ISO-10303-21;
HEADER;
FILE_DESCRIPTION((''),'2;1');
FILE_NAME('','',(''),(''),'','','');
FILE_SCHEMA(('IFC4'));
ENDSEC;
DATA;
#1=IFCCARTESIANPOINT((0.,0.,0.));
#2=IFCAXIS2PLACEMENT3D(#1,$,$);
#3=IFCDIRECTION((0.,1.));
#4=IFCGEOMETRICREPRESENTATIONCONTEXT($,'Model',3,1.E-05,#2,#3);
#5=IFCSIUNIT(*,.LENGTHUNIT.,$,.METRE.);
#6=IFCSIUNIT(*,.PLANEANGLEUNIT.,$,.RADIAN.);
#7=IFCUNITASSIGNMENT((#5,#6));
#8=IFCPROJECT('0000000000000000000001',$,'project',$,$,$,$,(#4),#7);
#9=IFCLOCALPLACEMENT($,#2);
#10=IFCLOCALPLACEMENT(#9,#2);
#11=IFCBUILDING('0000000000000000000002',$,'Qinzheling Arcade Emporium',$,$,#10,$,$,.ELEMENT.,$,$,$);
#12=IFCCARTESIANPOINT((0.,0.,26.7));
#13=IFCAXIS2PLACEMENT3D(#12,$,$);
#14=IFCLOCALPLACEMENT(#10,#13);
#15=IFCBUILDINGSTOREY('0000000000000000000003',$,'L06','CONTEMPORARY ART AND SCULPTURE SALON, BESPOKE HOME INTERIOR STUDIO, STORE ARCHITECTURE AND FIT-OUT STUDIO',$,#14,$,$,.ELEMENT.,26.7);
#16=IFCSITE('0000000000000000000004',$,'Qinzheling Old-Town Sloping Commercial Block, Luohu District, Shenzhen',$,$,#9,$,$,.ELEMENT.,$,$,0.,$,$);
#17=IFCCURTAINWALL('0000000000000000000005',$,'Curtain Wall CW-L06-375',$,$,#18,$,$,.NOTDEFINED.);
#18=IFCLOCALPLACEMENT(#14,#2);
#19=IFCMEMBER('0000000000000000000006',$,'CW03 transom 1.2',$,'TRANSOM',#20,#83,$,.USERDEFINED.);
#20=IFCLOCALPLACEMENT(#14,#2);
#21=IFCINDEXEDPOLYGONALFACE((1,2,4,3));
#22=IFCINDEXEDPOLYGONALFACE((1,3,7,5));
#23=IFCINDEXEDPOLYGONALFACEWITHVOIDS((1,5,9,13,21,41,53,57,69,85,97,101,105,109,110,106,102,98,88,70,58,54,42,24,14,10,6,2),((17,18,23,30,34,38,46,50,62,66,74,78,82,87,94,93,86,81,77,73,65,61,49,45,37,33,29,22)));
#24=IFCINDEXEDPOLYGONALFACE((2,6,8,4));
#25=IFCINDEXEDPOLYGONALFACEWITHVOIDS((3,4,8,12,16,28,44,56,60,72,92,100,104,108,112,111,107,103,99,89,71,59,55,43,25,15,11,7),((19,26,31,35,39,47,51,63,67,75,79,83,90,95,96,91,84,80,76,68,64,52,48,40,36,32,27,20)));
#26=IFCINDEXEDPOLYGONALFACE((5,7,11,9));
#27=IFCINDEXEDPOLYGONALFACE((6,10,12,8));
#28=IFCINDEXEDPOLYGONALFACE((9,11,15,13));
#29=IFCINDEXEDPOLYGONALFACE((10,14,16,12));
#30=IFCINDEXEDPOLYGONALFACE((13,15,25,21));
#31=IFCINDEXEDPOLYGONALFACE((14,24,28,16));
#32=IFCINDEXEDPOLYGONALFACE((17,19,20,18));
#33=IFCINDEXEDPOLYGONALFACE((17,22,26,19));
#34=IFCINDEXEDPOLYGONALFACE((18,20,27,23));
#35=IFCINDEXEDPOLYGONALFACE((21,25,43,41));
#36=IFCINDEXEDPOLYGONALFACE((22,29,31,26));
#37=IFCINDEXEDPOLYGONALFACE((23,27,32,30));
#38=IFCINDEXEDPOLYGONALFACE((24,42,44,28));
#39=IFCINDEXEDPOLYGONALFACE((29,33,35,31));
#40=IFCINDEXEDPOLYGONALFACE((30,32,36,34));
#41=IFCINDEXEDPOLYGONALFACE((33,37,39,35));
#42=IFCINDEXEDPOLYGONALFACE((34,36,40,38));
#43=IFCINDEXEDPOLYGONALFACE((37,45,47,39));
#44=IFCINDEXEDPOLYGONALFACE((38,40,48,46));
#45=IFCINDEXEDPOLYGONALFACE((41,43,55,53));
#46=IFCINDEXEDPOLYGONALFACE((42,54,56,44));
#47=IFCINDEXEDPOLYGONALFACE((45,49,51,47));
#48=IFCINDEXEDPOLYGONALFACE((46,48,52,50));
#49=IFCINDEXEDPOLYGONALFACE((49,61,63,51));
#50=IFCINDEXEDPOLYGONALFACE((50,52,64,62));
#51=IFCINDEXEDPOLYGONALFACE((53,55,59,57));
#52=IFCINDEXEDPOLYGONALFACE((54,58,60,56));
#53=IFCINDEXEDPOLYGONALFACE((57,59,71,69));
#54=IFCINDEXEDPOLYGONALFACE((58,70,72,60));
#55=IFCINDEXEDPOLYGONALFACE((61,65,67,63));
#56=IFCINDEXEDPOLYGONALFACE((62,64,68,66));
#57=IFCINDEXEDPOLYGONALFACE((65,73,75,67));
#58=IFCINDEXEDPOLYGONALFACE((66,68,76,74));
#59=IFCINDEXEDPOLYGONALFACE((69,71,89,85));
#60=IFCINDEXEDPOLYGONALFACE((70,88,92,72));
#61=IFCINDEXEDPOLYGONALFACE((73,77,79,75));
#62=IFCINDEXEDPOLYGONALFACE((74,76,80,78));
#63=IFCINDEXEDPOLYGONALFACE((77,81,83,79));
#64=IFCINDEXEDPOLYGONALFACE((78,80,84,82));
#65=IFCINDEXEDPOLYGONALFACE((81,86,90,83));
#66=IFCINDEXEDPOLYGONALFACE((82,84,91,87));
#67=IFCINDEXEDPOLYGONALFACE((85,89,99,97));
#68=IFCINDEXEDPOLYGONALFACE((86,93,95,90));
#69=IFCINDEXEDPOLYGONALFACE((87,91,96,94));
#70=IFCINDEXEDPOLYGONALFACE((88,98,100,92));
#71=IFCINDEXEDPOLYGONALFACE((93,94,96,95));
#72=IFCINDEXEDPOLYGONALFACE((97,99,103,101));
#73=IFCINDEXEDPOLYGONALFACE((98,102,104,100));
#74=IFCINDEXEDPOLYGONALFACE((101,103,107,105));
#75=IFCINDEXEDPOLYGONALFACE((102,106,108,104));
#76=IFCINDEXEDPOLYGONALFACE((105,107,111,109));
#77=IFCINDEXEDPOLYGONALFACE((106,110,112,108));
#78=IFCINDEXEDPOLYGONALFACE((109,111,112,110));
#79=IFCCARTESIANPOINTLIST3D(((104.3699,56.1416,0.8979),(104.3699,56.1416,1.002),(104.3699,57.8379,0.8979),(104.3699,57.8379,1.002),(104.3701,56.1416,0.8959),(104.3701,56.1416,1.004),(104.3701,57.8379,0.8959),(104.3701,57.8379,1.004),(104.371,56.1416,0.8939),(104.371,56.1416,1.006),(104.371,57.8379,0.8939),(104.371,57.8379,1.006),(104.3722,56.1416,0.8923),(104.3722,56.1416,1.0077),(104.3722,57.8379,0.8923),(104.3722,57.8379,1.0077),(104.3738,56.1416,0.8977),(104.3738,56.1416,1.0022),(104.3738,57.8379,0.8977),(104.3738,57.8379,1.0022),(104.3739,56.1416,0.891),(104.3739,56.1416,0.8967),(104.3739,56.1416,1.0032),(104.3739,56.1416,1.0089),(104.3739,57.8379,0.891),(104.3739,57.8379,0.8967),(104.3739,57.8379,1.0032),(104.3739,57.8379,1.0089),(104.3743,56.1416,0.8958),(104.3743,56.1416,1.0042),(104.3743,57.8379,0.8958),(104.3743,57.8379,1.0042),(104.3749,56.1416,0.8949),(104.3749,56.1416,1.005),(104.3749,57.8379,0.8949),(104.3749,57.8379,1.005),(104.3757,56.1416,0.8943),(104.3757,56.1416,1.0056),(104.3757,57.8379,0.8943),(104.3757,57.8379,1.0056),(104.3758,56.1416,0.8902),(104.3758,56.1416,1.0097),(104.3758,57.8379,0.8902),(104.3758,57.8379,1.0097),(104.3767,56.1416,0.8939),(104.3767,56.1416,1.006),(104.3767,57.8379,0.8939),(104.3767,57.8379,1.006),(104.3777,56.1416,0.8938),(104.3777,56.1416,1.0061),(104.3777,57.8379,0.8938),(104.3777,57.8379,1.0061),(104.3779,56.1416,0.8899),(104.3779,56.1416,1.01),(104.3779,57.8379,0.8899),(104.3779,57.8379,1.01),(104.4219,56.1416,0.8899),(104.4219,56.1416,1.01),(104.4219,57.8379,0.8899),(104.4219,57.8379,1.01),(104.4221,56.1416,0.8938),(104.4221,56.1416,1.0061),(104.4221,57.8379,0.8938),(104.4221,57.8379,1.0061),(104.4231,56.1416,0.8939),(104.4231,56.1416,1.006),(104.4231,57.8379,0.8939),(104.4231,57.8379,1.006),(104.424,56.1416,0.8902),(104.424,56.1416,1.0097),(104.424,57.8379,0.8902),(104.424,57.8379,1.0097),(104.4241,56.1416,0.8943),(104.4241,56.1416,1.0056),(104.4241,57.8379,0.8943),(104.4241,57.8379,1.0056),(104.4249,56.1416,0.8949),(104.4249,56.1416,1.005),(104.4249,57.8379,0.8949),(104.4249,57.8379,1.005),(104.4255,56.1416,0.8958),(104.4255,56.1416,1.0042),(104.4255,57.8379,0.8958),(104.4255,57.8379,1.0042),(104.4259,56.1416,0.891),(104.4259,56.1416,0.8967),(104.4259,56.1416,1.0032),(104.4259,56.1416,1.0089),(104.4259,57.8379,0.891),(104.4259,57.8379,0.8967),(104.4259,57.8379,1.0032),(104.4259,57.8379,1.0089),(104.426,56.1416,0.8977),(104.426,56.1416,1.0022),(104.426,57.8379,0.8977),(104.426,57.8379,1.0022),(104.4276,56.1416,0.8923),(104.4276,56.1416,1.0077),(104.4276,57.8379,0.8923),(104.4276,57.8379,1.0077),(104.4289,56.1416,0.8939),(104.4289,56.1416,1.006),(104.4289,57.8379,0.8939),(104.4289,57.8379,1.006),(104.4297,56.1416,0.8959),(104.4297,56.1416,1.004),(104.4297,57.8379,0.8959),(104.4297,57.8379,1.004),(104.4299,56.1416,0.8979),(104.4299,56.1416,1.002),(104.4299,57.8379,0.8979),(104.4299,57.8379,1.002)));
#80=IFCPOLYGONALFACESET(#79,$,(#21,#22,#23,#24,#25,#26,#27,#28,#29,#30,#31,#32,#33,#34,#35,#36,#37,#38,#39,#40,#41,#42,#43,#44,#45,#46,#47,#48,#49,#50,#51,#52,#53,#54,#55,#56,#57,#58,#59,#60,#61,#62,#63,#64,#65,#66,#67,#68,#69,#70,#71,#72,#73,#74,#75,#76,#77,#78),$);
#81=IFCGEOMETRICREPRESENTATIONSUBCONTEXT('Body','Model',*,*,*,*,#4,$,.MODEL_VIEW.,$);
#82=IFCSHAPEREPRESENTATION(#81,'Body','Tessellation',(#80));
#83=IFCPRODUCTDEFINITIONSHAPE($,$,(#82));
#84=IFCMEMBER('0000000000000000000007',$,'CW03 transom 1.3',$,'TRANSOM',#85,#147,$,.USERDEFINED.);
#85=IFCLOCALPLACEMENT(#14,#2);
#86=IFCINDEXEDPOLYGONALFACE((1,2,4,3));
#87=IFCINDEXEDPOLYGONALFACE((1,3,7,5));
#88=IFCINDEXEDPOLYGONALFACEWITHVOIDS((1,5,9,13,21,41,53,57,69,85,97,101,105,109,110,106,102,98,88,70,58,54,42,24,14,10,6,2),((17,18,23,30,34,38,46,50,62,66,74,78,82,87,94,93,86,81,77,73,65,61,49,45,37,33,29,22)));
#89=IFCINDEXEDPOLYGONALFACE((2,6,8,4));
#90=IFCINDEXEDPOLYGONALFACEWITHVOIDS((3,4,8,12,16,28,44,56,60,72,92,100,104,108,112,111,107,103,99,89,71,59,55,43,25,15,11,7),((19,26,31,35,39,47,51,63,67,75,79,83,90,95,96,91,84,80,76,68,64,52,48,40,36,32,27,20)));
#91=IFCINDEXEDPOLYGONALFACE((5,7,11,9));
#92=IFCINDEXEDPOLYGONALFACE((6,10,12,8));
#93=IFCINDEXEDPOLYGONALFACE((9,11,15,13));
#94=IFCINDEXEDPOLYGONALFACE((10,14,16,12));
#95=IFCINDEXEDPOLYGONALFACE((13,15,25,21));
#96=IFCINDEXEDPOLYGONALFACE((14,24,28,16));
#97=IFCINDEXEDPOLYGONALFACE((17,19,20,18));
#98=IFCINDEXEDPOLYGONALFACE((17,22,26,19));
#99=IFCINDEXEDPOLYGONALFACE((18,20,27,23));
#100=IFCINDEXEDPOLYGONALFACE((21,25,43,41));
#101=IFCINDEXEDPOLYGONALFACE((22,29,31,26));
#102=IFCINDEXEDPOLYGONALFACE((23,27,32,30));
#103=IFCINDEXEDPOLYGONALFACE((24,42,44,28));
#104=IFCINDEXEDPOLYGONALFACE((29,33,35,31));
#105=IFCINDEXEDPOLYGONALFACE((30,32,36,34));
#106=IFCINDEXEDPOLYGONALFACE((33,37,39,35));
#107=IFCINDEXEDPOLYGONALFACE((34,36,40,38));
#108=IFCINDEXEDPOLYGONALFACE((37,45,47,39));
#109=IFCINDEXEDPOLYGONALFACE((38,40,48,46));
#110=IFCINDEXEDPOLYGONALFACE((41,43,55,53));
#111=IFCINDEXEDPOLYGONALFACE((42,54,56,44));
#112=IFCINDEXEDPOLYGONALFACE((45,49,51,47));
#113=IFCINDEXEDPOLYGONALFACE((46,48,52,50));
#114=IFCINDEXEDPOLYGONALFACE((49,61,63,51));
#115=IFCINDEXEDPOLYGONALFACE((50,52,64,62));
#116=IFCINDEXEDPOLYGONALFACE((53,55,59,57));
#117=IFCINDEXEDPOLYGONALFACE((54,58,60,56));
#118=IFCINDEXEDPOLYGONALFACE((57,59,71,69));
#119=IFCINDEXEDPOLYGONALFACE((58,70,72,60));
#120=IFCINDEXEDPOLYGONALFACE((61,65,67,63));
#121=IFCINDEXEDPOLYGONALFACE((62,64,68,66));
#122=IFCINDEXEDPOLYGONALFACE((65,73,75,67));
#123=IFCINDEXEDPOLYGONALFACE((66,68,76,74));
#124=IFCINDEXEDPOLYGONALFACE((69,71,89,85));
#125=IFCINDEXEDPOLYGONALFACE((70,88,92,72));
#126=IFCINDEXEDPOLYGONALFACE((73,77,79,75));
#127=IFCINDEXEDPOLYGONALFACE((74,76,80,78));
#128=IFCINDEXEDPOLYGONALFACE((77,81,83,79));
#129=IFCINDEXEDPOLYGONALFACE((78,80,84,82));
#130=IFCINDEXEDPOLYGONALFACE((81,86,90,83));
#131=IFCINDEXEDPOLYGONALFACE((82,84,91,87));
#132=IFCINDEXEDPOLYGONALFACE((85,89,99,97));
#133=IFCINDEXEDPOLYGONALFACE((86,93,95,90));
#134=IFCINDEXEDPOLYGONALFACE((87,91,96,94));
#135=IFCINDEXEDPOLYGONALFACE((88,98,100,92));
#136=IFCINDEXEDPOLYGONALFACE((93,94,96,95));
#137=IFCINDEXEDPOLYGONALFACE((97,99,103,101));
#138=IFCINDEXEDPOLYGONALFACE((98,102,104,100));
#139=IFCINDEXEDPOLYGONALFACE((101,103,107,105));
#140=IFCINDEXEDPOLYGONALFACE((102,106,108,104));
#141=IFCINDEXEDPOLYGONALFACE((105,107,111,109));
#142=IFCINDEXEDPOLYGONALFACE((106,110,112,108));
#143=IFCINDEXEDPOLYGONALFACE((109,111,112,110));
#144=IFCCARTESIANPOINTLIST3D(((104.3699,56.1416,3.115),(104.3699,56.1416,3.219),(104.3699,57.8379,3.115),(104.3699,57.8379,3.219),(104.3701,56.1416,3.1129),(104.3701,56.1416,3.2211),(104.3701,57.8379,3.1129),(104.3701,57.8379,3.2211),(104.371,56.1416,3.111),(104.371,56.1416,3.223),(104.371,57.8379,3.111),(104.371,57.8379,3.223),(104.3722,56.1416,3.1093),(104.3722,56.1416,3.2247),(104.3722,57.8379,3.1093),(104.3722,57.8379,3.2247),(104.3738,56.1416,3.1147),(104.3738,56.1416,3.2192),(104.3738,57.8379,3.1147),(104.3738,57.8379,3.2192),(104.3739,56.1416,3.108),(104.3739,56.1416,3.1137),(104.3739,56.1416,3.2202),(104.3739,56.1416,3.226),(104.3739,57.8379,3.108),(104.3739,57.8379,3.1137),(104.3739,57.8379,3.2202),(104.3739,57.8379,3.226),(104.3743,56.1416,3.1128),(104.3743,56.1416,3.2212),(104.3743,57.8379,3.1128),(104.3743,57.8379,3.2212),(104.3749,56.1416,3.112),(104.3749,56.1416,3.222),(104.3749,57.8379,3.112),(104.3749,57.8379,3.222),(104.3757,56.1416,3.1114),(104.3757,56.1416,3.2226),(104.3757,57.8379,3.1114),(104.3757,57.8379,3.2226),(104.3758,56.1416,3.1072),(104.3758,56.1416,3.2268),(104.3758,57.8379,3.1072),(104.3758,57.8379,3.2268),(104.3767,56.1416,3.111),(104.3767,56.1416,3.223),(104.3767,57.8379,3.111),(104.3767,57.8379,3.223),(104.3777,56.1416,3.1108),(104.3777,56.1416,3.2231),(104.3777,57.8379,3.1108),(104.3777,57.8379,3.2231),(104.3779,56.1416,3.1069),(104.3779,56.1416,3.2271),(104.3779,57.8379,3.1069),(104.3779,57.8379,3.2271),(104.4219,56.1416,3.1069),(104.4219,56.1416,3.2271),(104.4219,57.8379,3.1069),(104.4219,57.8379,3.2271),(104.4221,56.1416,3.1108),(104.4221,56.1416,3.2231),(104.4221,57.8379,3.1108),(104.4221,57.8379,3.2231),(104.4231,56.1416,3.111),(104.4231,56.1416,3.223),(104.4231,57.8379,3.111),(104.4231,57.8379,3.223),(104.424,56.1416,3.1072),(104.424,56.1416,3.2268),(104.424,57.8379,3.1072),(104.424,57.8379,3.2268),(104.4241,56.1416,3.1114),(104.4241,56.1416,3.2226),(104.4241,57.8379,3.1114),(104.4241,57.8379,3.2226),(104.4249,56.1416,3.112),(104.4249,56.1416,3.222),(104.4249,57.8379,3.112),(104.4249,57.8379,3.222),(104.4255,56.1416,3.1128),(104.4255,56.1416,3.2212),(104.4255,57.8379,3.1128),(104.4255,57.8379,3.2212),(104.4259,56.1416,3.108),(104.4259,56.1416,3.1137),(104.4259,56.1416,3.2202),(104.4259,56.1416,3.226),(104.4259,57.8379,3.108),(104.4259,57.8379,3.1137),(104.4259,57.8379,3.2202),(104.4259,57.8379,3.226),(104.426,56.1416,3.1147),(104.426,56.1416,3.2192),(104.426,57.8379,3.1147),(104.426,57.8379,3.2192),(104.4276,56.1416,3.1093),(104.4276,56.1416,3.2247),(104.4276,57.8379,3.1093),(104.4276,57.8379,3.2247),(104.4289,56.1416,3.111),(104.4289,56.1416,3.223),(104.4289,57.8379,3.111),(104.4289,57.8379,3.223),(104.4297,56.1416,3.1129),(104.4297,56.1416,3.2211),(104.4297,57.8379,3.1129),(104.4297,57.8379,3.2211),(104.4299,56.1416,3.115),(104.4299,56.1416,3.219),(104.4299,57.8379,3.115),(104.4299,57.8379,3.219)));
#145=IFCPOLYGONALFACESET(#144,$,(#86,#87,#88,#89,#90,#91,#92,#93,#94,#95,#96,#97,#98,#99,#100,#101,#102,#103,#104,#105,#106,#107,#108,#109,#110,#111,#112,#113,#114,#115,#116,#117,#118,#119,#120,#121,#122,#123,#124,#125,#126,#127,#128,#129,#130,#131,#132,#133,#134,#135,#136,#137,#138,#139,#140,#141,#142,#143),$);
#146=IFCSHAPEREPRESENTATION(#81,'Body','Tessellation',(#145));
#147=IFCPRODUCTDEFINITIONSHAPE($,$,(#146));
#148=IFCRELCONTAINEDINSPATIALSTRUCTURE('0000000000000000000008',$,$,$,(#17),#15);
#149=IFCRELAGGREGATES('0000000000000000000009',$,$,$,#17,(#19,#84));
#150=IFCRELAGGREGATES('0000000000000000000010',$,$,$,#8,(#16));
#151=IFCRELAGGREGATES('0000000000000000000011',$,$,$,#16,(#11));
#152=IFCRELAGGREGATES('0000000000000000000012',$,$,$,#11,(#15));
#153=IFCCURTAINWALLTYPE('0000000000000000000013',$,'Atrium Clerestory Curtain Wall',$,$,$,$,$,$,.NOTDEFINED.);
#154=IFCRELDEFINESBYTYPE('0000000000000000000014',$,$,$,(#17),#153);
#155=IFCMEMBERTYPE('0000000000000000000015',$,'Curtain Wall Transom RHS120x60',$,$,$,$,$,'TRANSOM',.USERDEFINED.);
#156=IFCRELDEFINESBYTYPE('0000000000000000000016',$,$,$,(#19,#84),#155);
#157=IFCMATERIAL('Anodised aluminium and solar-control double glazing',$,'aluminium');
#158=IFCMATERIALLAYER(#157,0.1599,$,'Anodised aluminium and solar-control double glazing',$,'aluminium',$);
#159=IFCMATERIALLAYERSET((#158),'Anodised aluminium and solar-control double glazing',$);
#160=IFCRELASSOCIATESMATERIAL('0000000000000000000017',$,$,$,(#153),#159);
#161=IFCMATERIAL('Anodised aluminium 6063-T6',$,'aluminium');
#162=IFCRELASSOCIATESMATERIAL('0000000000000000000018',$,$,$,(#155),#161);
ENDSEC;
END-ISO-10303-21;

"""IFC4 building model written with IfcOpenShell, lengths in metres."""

from ifc_helpers import new_model, si_unit, direction, frame, origin, origin_2d, place, context, subcontext, project, spatial, hollow_rectangle, extrude, material, layer, layer_set, material_profile, profile_set, type_object, element, aggregate, save


model = new_model("IFC4")

# Units and contexts
model_context = context("Model", 3, precision=1e-05, world=origin(), true_north=direction((0.0, 1.0)))
body_context = subcontext(model_context, "Body", "Model", "MODEL_VIEW")
ifc_project = project(units=[si_unit("LENGTHUNIT", "METRE"), si_unit("PLANEANGLEUNIT", "RADIAN")], contexts=[model_context])

# Site, building, storey
site_placement = place(None, origin())
site = spatial("IfcSite", under=ifc_project, at=site_placement, Name="Qinzheling Old-Town Sloping Commercial Block, Luohu District, Shenzhen", CompositionType="ELEMENT", RefElevation=0.0)
building_placement = place(site_placement, origin())
building = spatial("IfcBuilding", under=site, at=building_placement, Name="Qinzheling Arcade Emporium", CompositionType="ELEMENT")
storey_placement = place(building_placement, frame((0.0, 0.0, 26.7)))
storey = spatial("IfcBuildingStorey", under=building, at=storey_placement, Name="L06", Description="CONTEMPORARY ART AND SCULPTURE SALON, BESPOKE HOME INTERIOR STUDIO, STORE ARCHITECTURE AND FIT-OUT STUDIO", CompositionType="ELEMENT", Elevation=26.7)

# Curtain wall
ifc_material_1 = material(Name="Anodised aluminium and solar-control double glazing", Category="aluminium")
ifc_layer_1 = layer(ifc_material_1, 0.1599, Name="Anodised aluminium and solar-control double glazing", Category="aluminium")
ifc_layer_set_1 = layer_set([ifc_layer_1], Name="Anodised aluminium and solar-control double glazing")
curtain_wall_type = type_object("IfcCurtainWallType", Name="Atrium Clerestory Curtain Wall", PredefinedType="NOTDEFINED", material=ifc_layer_set_1)
ifc_material_2 = material(Name="Anodised aluminium 6063-T6", Category="aluminium")
curtain_wall_1_placement = place(storey_placement, origin())
curtain_wall_1 = element("IfcCurtainWall", 1, at=curtain_wall_1_placement, inside=storey, type_object=curtain_wall_type, Name="Curtain Wall CW-L06-375", PredefinedType="NOTDEFINED")

# Members
ifc_material_profile_1 = material_profile(ifc_material_2, hollow_rectangle(XDim=0.0601, YDim=0.1201, WallThickness=0.0039, InnerFilletRadius=0.0039, OuterFilletRadius=0.0081, at=origin_2d()), Name="RHS 120x60x4", Category="aluminium")
ifc_profile_set_1 = profile_set([ifc_material_profile_1], Name="Anodised aluminium 6063-T6")
member_type_1 = type_object("IfcMemberType", Name="Curtain Wall Transom RHS120x60", ElementType="TRANSOM", PredefinedType="USERDEFINED", material=ifc_profile_set_1)
member_1_placement = place(storey_placement, frame((104.3999, 57.8379, 0.95), z_axis=(0.0, -1.0, 0.0), x_axis=(1.0, 0.0, 0.0)))
member_1 = element("IfcMember", 2, at=member_1_placement, type_object=member_type_1, Name="CW03 transom 1.2", ObjectType="TRANSOM", PredefinedType="USERDEFINED", context=body_context, shape_type="SweptSolid", body=[
    extrude(hollow_rectangle(XDim=0.0601, YDim=0.1201, WallThickness=0.0039, InnerFilletRadius=0.0039, OuterFilletRadius=0.0081, at=origin_2d()), origin(), (0.0, 0.0, 1.0), 1.6963),
])
member_2_placement = place(storey_placement, frame((104.3999, 57.8379, 3.167), z_axis=(0.0, -1.0, 0.0), x_axis=(1.0, 0.0, 0.0)))
member_2 = element("IfcMember", 3, at=member_2_placement, type_object=member_type_1, Name="CW03 transom 1.3", ObjectType="TRANSOM", PredefinedType="USERDEFINED", context=body_context, shape_type="SweptSolid", body=[
    extrude(hollow_rectangle(XDim=0.0601, YDim=0.1201, WallThickness=0.0039, InnerFilletRadius=0.0039, OuterFilletRadius=0.0081, at=origin_2d()), origin(), (0.0, 0.0, 1.0), 1.6963),
])

aggregate(curtain_wall_1, [member_1, member_2])

save(model, "model.ifc")
